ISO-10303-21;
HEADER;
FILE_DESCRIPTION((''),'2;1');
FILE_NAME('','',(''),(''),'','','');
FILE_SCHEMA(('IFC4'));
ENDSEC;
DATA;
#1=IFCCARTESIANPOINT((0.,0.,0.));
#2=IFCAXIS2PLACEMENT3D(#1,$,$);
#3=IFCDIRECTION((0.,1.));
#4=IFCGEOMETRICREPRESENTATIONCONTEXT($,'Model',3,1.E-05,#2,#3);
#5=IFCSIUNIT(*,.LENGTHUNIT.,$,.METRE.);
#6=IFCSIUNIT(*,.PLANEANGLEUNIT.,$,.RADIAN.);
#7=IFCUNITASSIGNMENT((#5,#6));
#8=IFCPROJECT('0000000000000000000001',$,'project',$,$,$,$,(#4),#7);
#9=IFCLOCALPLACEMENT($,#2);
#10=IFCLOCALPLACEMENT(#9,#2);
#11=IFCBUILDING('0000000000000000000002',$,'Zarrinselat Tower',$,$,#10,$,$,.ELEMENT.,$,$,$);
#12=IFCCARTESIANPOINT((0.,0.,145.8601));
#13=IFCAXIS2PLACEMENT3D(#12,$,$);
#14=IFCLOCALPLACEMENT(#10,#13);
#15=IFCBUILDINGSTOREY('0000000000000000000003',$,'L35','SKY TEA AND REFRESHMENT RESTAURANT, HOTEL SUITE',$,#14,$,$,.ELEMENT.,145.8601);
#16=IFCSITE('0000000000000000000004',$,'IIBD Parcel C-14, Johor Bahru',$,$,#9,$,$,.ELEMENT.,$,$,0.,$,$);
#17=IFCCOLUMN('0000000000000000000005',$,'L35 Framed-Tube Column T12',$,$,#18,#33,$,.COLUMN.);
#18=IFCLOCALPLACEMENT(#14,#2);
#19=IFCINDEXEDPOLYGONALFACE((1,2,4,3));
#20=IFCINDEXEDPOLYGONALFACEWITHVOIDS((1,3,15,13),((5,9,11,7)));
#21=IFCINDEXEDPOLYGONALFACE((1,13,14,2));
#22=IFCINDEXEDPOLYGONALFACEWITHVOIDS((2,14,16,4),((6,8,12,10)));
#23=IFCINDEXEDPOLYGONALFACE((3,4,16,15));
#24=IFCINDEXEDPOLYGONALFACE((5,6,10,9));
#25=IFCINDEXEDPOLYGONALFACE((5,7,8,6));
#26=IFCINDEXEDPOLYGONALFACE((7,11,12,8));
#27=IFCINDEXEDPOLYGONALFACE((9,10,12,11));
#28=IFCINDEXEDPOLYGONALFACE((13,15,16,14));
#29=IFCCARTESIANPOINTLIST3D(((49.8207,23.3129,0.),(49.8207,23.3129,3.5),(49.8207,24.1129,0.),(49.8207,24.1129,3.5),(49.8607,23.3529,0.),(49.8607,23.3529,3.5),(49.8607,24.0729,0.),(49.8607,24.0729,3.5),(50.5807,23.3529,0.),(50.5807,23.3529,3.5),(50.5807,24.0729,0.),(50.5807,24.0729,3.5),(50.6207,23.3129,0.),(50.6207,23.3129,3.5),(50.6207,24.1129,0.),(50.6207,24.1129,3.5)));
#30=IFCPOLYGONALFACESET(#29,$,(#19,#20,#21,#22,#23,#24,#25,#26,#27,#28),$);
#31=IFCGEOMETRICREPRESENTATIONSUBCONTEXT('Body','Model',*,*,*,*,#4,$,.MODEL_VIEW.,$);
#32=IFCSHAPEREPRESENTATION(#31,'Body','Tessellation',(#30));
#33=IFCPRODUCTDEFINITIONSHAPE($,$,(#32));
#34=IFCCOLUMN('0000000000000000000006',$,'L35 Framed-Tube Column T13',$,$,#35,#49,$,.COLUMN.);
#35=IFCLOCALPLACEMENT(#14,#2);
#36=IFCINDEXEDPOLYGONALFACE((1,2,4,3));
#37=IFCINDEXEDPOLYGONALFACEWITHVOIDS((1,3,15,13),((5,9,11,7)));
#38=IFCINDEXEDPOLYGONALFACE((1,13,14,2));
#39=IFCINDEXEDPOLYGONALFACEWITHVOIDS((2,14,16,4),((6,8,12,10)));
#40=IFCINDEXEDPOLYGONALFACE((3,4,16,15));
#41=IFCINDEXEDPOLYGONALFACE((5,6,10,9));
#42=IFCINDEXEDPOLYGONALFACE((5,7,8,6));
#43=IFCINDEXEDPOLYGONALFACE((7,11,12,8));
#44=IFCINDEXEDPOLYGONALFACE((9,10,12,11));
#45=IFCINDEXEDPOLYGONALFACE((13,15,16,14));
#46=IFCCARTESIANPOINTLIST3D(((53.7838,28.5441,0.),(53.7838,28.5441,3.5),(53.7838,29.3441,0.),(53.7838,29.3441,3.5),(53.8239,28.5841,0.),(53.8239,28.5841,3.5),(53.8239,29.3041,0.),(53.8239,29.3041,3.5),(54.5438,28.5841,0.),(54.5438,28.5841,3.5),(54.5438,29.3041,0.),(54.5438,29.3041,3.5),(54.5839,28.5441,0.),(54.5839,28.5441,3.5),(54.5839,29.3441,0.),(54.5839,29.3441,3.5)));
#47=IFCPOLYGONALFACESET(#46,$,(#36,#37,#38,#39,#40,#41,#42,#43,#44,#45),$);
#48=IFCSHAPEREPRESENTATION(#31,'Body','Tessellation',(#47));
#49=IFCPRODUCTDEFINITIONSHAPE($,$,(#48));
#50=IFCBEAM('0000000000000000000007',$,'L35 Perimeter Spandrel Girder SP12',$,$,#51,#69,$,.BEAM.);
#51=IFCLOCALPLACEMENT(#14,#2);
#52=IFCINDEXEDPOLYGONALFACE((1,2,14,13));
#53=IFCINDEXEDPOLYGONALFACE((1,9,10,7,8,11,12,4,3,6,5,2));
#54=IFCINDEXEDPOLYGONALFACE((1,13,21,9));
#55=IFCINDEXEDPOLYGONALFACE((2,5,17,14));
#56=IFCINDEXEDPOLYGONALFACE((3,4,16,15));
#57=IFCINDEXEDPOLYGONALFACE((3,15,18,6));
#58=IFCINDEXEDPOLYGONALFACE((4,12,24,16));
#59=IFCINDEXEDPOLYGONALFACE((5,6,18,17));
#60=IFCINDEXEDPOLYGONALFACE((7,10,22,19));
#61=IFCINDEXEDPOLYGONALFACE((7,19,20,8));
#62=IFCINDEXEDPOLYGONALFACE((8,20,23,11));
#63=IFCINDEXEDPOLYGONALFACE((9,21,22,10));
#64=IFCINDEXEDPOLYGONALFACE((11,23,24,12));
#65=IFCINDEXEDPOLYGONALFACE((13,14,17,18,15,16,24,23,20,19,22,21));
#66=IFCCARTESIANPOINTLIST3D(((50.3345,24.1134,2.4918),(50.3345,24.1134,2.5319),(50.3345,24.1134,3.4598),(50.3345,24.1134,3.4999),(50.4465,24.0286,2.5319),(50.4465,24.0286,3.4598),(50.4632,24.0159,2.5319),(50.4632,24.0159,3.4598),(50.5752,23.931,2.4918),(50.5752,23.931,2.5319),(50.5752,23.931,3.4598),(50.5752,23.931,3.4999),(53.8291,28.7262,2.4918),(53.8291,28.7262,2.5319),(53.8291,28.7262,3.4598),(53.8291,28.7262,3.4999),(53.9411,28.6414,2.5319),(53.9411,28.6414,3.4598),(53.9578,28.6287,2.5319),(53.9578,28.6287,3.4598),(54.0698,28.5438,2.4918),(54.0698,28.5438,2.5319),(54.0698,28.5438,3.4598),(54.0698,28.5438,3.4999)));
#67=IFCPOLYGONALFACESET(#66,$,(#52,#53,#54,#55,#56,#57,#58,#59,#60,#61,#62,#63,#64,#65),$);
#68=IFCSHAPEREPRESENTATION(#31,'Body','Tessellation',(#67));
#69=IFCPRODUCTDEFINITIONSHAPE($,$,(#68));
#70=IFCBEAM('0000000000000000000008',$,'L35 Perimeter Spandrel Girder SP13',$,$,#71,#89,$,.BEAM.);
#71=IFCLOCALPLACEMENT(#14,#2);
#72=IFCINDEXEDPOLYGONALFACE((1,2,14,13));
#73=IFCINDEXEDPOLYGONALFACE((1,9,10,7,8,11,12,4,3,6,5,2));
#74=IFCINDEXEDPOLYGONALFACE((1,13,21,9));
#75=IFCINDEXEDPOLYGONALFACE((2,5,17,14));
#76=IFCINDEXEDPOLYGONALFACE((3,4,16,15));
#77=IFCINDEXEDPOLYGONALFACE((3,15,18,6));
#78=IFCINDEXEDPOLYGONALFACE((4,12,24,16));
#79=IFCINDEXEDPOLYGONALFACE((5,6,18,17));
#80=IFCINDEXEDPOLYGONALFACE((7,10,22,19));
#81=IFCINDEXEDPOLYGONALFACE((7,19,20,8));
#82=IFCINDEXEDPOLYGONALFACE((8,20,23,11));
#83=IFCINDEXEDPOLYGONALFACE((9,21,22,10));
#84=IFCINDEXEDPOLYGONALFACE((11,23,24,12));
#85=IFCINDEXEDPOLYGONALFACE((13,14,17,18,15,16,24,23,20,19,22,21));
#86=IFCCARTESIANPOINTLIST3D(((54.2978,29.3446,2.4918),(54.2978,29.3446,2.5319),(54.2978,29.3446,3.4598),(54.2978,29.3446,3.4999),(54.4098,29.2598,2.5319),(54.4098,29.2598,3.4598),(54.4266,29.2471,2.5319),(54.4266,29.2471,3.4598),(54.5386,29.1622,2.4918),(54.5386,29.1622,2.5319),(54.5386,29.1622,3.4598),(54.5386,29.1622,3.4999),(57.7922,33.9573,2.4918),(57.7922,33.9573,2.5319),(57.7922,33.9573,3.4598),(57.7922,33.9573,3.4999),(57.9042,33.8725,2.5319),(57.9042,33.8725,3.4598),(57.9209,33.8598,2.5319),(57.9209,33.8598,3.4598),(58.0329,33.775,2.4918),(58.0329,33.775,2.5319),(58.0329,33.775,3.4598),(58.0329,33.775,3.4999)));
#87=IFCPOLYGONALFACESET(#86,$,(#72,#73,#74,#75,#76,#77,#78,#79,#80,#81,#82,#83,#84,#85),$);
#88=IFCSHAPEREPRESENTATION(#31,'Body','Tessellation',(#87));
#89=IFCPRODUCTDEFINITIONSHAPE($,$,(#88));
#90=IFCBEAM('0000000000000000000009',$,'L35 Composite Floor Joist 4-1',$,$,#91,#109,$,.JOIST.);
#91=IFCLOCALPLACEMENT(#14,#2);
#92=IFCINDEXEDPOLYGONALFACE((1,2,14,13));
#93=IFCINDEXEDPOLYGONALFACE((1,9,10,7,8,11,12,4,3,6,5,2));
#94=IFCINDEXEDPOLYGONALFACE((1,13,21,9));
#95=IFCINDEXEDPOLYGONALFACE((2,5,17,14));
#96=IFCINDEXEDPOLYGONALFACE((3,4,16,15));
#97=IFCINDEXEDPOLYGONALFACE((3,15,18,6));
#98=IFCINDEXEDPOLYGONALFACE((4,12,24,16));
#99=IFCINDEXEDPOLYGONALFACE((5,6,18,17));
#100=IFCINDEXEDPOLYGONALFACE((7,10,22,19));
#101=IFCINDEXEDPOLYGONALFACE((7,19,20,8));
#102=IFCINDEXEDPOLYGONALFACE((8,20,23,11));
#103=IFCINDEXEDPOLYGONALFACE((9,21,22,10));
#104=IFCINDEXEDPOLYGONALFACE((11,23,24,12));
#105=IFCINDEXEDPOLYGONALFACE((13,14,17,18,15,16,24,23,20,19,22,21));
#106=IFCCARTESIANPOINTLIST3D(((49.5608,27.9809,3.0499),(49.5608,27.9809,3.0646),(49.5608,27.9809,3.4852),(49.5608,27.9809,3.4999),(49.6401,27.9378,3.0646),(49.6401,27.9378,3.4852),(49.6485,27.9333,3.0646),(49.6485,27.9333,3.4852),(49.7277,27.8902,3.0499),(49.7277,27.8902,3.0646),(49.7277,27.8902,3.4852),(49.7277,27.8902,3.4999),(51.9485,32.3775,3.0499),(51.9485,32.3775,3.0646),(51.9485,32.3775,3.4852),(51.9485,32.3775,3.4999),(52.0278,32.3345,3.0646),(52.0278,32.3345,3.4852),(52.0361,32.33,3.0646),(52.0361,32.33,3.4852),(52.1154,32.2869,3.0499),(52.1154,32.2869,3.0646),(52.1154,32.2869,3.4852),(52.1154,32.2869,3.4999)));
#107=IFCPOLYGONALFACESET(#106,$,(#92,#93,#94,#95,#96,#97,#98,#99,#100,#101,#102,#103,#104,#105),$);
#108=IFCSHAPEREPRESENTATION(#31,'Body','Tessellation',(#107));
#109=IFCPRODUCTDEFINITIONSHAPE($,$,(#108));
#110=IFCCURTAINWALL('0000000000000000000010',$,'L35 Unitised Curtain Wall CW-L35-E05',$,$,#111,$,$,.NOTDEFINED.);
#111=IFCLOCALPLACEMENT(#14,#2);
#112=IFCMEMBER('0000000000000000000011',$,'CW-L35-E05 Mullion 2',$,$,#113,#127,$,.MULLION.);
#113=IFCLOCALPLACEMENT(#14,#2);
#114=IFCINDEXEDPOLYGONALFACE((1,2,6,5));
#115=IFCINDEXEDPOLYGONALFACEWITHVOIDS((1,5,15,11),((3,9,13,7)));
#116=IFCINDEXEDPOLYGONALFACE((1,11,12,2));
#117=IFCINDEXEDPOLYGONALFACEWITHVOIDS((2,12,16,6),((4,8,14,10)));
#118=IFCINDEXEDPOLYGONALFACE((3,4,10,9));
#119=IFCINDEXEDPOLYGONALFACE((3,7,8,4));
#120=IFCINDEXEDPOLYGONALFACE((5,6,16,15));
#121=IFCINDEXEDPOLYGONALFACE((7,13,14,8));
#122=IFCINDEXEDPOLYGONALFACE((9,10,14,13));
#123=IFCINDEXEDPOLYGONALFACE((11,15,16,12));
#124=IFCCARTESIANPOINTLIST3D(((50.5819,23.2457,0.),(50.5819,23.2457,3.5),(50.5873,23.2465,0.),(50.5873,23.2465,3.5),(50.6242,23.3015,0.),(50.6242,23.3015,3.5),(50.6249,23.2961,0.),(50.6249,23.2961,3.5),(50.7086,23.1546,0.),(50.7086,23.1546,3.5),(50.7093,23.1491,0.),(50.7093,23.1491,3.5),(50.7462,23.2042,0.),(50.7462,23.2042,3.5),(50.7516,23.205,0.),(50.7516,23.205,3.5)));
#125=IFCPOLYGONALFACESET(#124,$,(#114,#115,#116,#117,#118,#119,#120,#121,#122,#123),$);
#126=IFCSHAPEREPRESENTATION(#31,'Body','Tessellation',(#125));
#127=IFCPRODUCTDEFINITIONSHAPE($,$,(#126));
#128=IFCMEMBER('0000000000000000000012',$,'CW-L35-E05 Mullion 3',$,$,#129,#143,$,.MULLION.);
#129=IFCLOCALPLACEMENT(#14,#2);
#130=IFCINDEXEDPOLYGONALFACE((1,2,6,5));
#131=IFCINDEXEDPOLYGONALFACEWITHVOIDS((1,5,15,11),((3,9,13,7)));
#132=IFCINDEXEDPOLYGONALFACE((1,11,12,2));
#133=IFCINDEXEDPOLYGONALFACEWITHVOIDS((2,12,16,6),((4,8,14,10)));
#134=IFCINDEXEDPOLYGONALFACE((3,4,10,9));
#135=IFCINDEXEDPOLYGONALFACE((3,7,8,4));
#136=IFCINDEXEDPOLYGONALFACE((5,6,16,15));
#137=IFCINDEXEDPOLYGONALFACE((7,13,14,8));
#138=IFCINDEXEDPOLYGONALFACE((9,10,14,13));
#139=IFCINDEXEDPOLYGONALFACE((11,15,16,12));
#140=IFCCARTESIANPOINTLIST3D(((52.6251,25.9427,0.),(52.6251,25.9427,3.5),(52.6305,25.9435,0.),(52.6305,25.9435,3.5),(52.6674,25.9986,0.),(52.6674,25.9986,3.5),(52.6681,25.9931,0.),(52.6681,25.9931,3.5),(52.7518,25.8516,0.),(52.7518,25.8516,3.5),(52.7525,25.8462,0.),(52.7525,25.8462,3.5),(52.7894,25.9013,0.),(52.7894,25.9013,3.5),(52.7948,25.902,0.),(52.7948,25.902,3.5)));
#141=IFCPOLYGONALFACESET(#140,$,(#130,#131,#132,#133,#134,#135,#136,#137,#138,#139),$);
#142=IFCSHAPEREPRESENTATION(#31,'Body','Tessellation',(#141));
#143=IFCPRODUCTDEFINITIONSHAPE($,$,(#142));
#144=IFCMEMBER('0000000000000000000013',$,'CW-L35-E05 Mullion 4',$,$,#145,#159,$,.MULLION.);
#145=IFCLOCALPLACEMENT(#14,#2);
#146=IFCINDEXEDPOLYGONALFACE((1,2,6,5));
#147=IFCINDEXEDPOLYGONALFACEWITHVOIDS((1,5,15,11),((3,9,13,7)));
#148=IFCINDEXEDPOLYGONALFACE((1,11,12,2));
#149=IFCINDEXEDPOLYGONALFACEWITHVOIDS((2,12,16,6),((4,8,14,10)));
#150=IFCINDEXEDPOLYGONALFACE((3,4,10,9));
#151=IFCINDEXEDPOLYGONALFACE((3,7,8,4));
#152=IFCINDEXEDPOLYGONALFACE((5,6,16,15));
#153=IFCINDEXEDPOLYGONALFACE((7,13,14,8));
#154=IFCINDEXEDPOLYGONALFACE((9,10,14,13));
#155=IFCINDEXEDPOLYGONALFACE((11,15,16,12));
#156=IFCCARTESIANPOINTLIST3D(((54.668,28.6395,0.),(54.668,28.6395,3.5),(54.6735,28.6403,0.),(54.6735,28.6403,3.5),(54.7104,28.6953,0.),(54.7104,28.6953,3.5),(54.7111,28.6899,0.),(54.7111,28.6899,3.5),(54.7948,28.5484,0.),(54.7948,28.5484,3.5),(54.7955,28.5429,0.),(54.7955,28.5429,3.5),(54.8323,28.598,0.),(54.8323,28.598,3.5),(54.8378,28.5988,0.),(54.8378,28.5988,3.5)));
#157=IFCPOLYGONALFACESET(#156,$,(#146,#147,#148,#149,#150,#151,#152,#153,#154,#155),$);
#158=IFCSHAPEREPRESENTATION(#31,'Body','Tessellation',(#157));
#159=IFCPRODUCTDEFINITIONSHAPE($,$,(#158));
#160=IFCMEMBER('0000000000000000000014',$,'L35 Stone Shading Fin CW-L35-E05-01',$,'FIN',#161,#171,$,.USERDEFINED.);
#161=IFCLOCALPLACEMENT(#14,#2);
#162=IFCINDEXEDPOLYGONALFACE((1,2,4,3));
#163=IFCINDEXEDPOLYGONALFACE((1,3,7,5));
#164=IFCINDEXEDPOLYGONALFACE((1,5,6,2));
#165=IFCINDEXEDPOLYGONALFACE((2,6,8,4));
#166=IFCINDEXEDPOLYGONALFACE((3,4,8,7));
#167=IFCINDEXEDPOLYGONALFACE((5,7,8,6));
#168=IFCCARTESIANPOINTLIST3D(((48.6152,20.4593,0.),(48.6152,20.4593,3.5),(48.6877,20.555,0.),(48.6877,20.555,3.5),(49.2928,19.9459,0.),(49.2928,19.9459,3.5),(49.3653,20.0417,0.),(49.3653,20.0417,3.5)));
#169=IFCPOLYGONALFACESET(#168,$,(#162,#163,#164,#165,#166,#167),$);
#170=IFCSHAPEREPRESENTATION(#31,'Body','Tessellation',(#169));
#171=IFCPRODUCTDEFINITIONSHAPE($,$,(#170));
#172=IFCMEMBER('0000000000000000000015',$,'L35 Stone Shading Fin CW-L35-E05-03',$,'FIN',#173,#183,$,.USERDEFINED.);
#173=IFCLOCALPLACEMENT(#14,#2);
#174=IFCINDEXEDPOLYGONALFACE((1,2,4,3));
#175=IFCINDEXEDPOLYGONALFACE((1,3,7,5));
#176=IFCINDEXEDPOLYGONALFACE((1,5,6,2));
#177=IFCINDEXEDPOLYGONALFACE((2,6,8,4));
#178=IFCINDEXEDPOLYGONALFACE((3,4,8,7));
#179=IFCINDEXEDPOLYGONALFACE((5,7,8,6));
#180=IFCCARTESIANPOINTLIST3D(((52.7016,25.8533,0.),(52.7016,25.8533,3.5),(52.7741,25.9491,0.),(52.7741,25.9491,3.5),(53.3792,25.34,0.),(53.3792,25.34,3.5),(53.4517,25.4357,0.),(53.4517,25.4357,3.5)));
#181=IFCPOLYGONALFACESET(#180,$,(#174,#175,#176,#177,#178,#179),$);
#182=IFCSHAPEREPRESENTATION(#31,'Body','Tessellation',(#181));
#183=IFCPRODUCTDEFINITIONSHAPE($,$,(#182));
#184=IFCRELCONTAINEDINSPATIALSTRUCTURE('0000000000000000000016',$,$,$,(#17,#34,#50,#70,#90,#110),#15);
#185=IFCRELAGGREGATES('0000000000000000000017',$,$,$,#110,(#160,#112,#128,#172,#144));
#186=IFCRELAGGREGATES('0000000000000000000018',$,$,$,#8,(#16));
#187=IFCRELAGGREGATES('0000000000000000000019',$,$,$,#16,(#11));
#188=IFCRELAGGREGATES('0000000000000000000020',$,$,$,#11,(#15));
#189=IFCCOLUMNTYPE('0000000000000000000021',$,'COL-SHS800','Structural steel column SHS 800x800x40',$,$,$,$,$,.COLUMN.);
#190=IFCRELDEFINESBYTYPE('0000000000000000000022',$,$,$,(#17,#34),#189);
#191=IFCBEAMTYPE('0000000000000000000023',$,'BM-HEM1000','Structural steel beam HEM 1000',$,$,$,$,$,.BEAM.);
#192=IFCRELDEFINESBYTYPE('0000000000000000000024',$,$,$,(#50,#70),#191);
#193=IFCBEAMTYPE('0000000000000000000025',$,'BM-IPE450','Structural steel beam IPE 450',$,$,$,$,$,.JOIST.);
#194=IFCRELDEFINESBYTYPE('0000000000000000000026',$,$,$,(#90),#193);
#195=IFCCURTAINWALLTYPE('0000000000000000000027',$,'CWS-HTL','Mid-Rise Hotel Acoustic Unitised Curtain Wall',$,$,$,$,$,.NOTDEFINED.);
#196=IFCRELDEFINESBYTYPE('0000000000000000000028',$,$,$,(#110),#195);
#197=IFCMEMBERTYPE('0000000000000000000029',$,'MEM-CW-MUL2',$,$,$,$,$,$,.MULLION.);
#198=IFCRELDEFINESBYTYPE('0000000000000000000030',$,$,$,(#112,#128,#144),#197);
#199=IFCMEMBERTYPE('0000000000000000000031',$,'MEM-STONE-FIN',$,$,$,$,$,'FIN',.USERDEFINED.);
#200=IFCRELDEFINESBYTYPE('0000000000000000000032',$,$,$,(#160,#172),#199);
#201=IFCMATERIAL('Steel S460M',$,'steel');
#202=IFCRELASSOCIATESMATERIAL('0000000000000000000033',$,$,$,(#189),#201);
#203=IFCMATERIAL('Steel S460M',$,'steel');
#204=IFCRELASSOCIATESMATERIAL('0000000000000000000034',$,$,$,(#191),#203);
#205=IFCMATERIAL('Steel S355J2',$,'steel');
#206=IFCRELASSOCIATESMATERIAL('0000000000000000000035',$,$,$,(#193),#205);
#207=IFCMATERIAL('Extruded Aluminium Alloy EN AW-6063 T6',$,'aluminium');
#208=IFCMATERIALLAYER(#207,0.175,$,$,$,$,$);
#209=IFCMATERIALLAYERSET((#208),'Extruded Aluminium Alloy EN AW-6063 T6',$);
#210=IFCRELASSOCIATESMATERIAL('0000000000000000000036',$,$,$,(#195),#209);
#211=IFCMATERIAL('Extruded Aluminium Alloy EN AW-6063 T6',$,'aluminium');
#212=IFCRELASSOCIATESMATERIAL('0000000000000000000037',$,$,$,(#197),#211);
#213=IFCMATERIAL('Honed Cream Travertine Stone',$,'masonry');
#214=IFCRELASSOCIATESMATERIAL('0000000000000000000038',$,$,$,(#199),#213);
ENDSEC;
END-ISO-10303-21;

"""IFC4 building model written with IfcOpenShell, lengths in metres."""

from ifc_helpers import new_model, si_unit, direction, frame, origin, origin_2d, place, context, subcontext, project, spatial, rectangle, hollow_rectangle, i_section, extrude, material, layer, layer_set, material_profile, profile_set, type_object, element, aggregate, save


model = new_model("IFC4")

# Units and contexts
model_context = context("Model", 3, precision=1e-05, world=origin(), true_north=direction((0.0, 1.0)))
body_context = subcontext(model_context, "Body", "Model", "MODEL_VIEW")
ifc_project = project(units=[si_unit("LENGTHUNIT", "METRE"), si_unit("PLANEANGLEUNIT", "RADIAN")], contexts=[model_context])

# Site, building, storey
site_placement = place(None, origin())
site = spatial("IfcSite", under=ifc_project, at=site_placement, Name="IIBD Parcel C-14, Johor Bahru", CompositionType="ELEMENT", RefElevation=0.0)
building_placement = place(site_placement, origin())
building = spatial("IfcBuilding", under=site, at=building_placement, Name="Zarrinselat Tower", CompositionType="ELEMENT")
storey_placement = place(building_placement, frame((0.0, 0.0, 145.8601)))
storey = spatial("IfcBuildingStorey", under=building, at=storey_placement, Name="L35", Description="SKY TEA AND REFRESHMENT RESTAURANT, HOTEL SUITE", CompositionType="ELEMENT", Elevation=145.8601)

# Columns
ifc_material_1 = material(Name="Steel S460M", Category="steel")
ifc_material_profile_1 = material_profile(ifc_material_1, hollow_rectangle(XDim=0.8, YDim=0.8, WallThickness=0.04, at=origin_2d()), Name="SHS 800x800x40")
ifc_profile_set_1 = profile_set([ifc_material_profile_1], Name="Steel S460M")
column_type = type_object("IfcColumnType", Name="COL-SHS800", Description="Structural steel column SHS 800x800x40", PredefinedType="COLUMN", material=ifc_profile_set_1)
for number, where, z_axis, x_axis, name in (
    (1, (50.2207, 23.7129, 0.0), (0.0, 0.0, 1.0), (1.0, 0.0, 0.0), "L35 Framed-Tube Column T12"),
    (2, (54.1838, 28.9441, 0.0), (0.0, 0.0, 1.0), (1.0, 0.0, 0.0), "L35 Framed-Tube Column T13"),
):
    element("IfcColumn", number, at=place(storey_placement, frame(where, z_axis=z_axis, x_axis=x_axis)), inside=storey, type_object=column_type, Name=name, PredefinedType="COLUMN", context=body_context, shape_type="SweptSolid", body=[
        extrude(hollow_rectangle(XDim=0.8, YDim=0.8, WallThickness=0.04, at=origin_2d()), origin(), (0.0, 0.0, 1.0), 3.5),
    ])

# Beams
ifc_material_2 = material(Name="Steel S460M", Category="steel")
ifc_material_profile_2 = material_profile(ifc_material_2, i_section(OverallWidth=0.302, OverallDepth=1.0081, WebThickness=0.021, FlangeThickness=0.04, at=origin_2d()), Name="HEM 1000")
ifc_profile_set_2 = profile_set([ifc_material_profile_2], Name="Steel S460M")
beam_type_1 = type_object("IfcBeamType", Name="BM-HEM1000", Description="Structural steel beam HEM 1000", PredefinedType="BEAM", material=ifc_profile_set_2)
beam_1_placement = place(storey_placement, frame((50.4548, 24.0222, 2.9958), z_axis=(0.603867, 0.797085, 0.0), x_axis=(-0.797085, 0.603867, 0.0)))
element("IfcBeam", 3, at=beam_1_placement, inside=storey, type_object=beam_type_1, Name="L35 Perimeter Spandrel Girder SP12", PredefinedType="BEAM", context=body_context, shape_type="SweptSolid", body=[
    extrude(i_section(OverallWidth=0.302, OverallDepth=1.0081, WebThickness=0.021, FlangeThickness=0.04, at=origin_2d()), origin(), (0.0, 0.0, 1.0), 5.7871),
])
beam_2_placement = place(storey_placement, frame((54.4182, 29.2534, 2.9958), z_axis=(0.603841, 0.797105, 0.0), x_axis=(-0.797105, 0.603841, 0.0)))
element("IfcBeam", 4, at=beam_2_placement, inside=storey, type_object=beam_type_1, Name="L35 Perimeter Spandrel Girder SP13", PredefinedType="BEAM", context=body_context, shape_type="SweptSolid", body=[
    extrude(i_section(OverallWidth=0.302, OverallDepth=1.0081, WebThickness=0.021, FlangeThickness=0.04, at=origin_2d()), origin(), (0.0, 0.0, 1.0), 5.7869),
])
ifc_material_3 = material(Name="Steel S355J2", Category="steel")
ifc_material_profile_3 = material_profile(ifc_material_3, i_section(OverallWidth=0.1899, OverallDepth=0.45, WebThickness=0.0095, FlangeThickness=0.0146, at=origin_2d()), Name="IPE 450")
ifc_profile_set_3 = profile_set([ifc_material_profile_3], Name="Steel S355J2")
beam_type_2 = type_object("IfcBeamType", Name="BM-IPE450", Description="Structural steel beam IPE 450", PredefinedType="JOIST", material=ifc_profile_set_3)
beam_3_placement = place(storey_placement, frame((49.6443, 27.9355, 3.2749), z_axis=(0.477231, 0.878778, 0.0), x_axis=(-0.878778, 0.477231, 0.0)))
element("IfcBeam", 5, at=beam_3_placement, inside=storey, type_object=beam_type_2, Name="L35 Composite Floor Joist 4-1", PredefinedType="JOIST", context=body_context, shape_type="SweptSolid", body=[
    extrude(i_section(OverallWidth=0.1899, OverallDepth=0.45, WebThickness=0.0095, FlangeThickness=0.0146, at=origin_2d()), origin(), (0.0, 0.0, 1.0), 5.0032),
])

# Curtain wall, members
ifc_material_4 = material(Name="Extruded Aluminium Alloy EN AW-6063 T6", Category="aluminium")
ifc_layer_1 = layer(ifc_material_4, 0.175)
ifc_layer_set_1 = layer_set([ifc_layer_1], Name="Extruded Aluminium Alloy EN AW-6063 T6")
curtain_wall_type = type_object("IfcCurtainWallType", Name="CWS-HTL", Description="Mid-Rise Hotel Acoustic Unitised Curtain Wall", PredefinedType="NOTDEFINED", material=ifc_layer_set_1)
curtain_wall_placement = place(storey_placement, origin())
curtain_wall = element("IfcCurtainWall", 6, at=curtain_wall_placement, inside=storey, type_object=curtain_wall_type, Name="L35 Unitised Curtain Wall CW-L35-E05", PredefinedType="NOTDEFINED")
ifc_material_5 = material(Name="Extruded Aluminium Alloy EN AW-6063 T6", Category="aluminium")
ifc_material_profile_4 = material_profile(ifc_material_5, hollow_rectangle(XDim=0.0701, YDim=0.1599, WallThickness=0.0039, at=origin_2d()), Name="RHS 160x70x4")
ifc_profile_set_4 = profile_set([ifc_material_profile_4], Name="Extruded Aluminium Alloy EN AW-6063 T6")
member_type_1 = type_object("IfcMemberType", Name="MEM-CW-MUL2", PredefinedType="MULLION", material=ifc_profile_set_4)
member_1_placement = place(storey_placement, frame((50.6667, 23.2253, 0.0), z_axis=(0.0, 0.0, 1.0), x_axis=(0.603858, 0.797092, 0.0)))
member_1 = element("IfcMember", 7, at=member_1_placement, type_object=member_type_1, Name="CW-L35-E05 Mullion 2", PredefinedType="MULLION", context=body_context, shape_type="SweptSolid", body=[
    extrude(hollow_rectangle(XDim=0.0701, YDim=0.1599, WallThickness=0.0039, at=origin_2d()), origin(), (0.0, 0.0, 1.0), 3.5),
])
member_2_placement = place(storey_placement, frame((52.71, 25.9224, 0.0), z_axis=(0.0, 0.0, 1.0), x_axis=(0.603858, 0.797092, 0.0)))
member_2 = element("IfcMember", 8, at=member_2_placement, type_object=member_type_1, Name="CW-L35-E05 Mullion 3", PredefinedType="MULLION", context=body_context, shape_type="SweptSolid", body=[
    extrude(hollow_rectangle(XDim=0.0701, YDim=0.1599, WallThickness=0.0039, at=origin_2d()), origin(), (0.0, 0.0, 1.0), 3.5),
])
member_3_placement = place(storey_placement, frame((54.7529, 28.6191, 0.0), z_axis=(0.0, 0.0, 1.0), x_axis=(0.603858, 0.797092, 0.0)))
member_3 = element("IfcMember", 9, at=member_3_placement, type_object=member_type_1, Name="CW-L35-E05 Mullion 4", PredefinedType="MULLION", context=body_context, shape_type="SweptSolid", body=[
    extrude(hollow_rectangle(XDim=0.0701, YDim=0.1599, WallThickness=0.0039, at=origin_2d()), origin(), (0.0, 0.0, 1.0), 3.5),
])
ifc_material_6 = material(Name="Honed Cream Travertine Stone", Category="masonry")
ifc_material_profile_5 = material_profile(ifc_material_6, rectangle(XDim=0.1201, YDim=0.8501, at=origin_2d()), Name="FIN 850x120")
ifc_profile_set_5 = profile_set([ifc_material_profile_5], Name="Honed Cream Travertine Stone")
member_type_2 = type_object("IfcMemberType", Name="MEM-STONE-FIN", ElementType="FIN", PredefinedType="USERDEFINED", material=ifc_profile_set_5)
member_4_placement = place(storey_placement, frame((48.9902, 20.2505, 0.0), z_axis=(0.0, 0.0, 1.0), x_axis=(-0.603858, -0.797092, 0.0)))
member_4 = element("IfcMember", 10, at=member_4_placement, type_object=member_type_2, Name="L35 Stone Shading Fin CW-L35-E05-01", ObjectType="FIN", PredefinedType="USERDEFINED", context=body_context, shape_type="SweptSolid", body=[
    extrude(rectangle(XDim=0.1201, YDim=0.8501, at=origin_2d()), origin(), (0.0, 0.0, 1.0), 3.5),
])
member_5_placement = place(storey_placement, frame((53.0767, 25.6445, 0.0), z_axis=(0.0, 0.0, 1.0), x_axis=(-0.603858, -0.797092, 0.0)))
member_5 = element("IfcMember", 11, at=member_5_placement, type_object=member_type_2, Name="L35 Stone Shading Fin CW-L35-E05-03", ObjectType="FIN", PredefinedType="USERDEFINED", context=body_context, shape_type="SweptSolid", body=[
    extrude(rectangle(XDim=0.1201, YDim=0.8501, at=origin_2d()), origin(), (0.0, 0.0, 1.0), 3.5),
])
aggregate(curtain_wall, [member_4, member_1, member_2, member_5, member_3])

save(model, "model.ifc")
